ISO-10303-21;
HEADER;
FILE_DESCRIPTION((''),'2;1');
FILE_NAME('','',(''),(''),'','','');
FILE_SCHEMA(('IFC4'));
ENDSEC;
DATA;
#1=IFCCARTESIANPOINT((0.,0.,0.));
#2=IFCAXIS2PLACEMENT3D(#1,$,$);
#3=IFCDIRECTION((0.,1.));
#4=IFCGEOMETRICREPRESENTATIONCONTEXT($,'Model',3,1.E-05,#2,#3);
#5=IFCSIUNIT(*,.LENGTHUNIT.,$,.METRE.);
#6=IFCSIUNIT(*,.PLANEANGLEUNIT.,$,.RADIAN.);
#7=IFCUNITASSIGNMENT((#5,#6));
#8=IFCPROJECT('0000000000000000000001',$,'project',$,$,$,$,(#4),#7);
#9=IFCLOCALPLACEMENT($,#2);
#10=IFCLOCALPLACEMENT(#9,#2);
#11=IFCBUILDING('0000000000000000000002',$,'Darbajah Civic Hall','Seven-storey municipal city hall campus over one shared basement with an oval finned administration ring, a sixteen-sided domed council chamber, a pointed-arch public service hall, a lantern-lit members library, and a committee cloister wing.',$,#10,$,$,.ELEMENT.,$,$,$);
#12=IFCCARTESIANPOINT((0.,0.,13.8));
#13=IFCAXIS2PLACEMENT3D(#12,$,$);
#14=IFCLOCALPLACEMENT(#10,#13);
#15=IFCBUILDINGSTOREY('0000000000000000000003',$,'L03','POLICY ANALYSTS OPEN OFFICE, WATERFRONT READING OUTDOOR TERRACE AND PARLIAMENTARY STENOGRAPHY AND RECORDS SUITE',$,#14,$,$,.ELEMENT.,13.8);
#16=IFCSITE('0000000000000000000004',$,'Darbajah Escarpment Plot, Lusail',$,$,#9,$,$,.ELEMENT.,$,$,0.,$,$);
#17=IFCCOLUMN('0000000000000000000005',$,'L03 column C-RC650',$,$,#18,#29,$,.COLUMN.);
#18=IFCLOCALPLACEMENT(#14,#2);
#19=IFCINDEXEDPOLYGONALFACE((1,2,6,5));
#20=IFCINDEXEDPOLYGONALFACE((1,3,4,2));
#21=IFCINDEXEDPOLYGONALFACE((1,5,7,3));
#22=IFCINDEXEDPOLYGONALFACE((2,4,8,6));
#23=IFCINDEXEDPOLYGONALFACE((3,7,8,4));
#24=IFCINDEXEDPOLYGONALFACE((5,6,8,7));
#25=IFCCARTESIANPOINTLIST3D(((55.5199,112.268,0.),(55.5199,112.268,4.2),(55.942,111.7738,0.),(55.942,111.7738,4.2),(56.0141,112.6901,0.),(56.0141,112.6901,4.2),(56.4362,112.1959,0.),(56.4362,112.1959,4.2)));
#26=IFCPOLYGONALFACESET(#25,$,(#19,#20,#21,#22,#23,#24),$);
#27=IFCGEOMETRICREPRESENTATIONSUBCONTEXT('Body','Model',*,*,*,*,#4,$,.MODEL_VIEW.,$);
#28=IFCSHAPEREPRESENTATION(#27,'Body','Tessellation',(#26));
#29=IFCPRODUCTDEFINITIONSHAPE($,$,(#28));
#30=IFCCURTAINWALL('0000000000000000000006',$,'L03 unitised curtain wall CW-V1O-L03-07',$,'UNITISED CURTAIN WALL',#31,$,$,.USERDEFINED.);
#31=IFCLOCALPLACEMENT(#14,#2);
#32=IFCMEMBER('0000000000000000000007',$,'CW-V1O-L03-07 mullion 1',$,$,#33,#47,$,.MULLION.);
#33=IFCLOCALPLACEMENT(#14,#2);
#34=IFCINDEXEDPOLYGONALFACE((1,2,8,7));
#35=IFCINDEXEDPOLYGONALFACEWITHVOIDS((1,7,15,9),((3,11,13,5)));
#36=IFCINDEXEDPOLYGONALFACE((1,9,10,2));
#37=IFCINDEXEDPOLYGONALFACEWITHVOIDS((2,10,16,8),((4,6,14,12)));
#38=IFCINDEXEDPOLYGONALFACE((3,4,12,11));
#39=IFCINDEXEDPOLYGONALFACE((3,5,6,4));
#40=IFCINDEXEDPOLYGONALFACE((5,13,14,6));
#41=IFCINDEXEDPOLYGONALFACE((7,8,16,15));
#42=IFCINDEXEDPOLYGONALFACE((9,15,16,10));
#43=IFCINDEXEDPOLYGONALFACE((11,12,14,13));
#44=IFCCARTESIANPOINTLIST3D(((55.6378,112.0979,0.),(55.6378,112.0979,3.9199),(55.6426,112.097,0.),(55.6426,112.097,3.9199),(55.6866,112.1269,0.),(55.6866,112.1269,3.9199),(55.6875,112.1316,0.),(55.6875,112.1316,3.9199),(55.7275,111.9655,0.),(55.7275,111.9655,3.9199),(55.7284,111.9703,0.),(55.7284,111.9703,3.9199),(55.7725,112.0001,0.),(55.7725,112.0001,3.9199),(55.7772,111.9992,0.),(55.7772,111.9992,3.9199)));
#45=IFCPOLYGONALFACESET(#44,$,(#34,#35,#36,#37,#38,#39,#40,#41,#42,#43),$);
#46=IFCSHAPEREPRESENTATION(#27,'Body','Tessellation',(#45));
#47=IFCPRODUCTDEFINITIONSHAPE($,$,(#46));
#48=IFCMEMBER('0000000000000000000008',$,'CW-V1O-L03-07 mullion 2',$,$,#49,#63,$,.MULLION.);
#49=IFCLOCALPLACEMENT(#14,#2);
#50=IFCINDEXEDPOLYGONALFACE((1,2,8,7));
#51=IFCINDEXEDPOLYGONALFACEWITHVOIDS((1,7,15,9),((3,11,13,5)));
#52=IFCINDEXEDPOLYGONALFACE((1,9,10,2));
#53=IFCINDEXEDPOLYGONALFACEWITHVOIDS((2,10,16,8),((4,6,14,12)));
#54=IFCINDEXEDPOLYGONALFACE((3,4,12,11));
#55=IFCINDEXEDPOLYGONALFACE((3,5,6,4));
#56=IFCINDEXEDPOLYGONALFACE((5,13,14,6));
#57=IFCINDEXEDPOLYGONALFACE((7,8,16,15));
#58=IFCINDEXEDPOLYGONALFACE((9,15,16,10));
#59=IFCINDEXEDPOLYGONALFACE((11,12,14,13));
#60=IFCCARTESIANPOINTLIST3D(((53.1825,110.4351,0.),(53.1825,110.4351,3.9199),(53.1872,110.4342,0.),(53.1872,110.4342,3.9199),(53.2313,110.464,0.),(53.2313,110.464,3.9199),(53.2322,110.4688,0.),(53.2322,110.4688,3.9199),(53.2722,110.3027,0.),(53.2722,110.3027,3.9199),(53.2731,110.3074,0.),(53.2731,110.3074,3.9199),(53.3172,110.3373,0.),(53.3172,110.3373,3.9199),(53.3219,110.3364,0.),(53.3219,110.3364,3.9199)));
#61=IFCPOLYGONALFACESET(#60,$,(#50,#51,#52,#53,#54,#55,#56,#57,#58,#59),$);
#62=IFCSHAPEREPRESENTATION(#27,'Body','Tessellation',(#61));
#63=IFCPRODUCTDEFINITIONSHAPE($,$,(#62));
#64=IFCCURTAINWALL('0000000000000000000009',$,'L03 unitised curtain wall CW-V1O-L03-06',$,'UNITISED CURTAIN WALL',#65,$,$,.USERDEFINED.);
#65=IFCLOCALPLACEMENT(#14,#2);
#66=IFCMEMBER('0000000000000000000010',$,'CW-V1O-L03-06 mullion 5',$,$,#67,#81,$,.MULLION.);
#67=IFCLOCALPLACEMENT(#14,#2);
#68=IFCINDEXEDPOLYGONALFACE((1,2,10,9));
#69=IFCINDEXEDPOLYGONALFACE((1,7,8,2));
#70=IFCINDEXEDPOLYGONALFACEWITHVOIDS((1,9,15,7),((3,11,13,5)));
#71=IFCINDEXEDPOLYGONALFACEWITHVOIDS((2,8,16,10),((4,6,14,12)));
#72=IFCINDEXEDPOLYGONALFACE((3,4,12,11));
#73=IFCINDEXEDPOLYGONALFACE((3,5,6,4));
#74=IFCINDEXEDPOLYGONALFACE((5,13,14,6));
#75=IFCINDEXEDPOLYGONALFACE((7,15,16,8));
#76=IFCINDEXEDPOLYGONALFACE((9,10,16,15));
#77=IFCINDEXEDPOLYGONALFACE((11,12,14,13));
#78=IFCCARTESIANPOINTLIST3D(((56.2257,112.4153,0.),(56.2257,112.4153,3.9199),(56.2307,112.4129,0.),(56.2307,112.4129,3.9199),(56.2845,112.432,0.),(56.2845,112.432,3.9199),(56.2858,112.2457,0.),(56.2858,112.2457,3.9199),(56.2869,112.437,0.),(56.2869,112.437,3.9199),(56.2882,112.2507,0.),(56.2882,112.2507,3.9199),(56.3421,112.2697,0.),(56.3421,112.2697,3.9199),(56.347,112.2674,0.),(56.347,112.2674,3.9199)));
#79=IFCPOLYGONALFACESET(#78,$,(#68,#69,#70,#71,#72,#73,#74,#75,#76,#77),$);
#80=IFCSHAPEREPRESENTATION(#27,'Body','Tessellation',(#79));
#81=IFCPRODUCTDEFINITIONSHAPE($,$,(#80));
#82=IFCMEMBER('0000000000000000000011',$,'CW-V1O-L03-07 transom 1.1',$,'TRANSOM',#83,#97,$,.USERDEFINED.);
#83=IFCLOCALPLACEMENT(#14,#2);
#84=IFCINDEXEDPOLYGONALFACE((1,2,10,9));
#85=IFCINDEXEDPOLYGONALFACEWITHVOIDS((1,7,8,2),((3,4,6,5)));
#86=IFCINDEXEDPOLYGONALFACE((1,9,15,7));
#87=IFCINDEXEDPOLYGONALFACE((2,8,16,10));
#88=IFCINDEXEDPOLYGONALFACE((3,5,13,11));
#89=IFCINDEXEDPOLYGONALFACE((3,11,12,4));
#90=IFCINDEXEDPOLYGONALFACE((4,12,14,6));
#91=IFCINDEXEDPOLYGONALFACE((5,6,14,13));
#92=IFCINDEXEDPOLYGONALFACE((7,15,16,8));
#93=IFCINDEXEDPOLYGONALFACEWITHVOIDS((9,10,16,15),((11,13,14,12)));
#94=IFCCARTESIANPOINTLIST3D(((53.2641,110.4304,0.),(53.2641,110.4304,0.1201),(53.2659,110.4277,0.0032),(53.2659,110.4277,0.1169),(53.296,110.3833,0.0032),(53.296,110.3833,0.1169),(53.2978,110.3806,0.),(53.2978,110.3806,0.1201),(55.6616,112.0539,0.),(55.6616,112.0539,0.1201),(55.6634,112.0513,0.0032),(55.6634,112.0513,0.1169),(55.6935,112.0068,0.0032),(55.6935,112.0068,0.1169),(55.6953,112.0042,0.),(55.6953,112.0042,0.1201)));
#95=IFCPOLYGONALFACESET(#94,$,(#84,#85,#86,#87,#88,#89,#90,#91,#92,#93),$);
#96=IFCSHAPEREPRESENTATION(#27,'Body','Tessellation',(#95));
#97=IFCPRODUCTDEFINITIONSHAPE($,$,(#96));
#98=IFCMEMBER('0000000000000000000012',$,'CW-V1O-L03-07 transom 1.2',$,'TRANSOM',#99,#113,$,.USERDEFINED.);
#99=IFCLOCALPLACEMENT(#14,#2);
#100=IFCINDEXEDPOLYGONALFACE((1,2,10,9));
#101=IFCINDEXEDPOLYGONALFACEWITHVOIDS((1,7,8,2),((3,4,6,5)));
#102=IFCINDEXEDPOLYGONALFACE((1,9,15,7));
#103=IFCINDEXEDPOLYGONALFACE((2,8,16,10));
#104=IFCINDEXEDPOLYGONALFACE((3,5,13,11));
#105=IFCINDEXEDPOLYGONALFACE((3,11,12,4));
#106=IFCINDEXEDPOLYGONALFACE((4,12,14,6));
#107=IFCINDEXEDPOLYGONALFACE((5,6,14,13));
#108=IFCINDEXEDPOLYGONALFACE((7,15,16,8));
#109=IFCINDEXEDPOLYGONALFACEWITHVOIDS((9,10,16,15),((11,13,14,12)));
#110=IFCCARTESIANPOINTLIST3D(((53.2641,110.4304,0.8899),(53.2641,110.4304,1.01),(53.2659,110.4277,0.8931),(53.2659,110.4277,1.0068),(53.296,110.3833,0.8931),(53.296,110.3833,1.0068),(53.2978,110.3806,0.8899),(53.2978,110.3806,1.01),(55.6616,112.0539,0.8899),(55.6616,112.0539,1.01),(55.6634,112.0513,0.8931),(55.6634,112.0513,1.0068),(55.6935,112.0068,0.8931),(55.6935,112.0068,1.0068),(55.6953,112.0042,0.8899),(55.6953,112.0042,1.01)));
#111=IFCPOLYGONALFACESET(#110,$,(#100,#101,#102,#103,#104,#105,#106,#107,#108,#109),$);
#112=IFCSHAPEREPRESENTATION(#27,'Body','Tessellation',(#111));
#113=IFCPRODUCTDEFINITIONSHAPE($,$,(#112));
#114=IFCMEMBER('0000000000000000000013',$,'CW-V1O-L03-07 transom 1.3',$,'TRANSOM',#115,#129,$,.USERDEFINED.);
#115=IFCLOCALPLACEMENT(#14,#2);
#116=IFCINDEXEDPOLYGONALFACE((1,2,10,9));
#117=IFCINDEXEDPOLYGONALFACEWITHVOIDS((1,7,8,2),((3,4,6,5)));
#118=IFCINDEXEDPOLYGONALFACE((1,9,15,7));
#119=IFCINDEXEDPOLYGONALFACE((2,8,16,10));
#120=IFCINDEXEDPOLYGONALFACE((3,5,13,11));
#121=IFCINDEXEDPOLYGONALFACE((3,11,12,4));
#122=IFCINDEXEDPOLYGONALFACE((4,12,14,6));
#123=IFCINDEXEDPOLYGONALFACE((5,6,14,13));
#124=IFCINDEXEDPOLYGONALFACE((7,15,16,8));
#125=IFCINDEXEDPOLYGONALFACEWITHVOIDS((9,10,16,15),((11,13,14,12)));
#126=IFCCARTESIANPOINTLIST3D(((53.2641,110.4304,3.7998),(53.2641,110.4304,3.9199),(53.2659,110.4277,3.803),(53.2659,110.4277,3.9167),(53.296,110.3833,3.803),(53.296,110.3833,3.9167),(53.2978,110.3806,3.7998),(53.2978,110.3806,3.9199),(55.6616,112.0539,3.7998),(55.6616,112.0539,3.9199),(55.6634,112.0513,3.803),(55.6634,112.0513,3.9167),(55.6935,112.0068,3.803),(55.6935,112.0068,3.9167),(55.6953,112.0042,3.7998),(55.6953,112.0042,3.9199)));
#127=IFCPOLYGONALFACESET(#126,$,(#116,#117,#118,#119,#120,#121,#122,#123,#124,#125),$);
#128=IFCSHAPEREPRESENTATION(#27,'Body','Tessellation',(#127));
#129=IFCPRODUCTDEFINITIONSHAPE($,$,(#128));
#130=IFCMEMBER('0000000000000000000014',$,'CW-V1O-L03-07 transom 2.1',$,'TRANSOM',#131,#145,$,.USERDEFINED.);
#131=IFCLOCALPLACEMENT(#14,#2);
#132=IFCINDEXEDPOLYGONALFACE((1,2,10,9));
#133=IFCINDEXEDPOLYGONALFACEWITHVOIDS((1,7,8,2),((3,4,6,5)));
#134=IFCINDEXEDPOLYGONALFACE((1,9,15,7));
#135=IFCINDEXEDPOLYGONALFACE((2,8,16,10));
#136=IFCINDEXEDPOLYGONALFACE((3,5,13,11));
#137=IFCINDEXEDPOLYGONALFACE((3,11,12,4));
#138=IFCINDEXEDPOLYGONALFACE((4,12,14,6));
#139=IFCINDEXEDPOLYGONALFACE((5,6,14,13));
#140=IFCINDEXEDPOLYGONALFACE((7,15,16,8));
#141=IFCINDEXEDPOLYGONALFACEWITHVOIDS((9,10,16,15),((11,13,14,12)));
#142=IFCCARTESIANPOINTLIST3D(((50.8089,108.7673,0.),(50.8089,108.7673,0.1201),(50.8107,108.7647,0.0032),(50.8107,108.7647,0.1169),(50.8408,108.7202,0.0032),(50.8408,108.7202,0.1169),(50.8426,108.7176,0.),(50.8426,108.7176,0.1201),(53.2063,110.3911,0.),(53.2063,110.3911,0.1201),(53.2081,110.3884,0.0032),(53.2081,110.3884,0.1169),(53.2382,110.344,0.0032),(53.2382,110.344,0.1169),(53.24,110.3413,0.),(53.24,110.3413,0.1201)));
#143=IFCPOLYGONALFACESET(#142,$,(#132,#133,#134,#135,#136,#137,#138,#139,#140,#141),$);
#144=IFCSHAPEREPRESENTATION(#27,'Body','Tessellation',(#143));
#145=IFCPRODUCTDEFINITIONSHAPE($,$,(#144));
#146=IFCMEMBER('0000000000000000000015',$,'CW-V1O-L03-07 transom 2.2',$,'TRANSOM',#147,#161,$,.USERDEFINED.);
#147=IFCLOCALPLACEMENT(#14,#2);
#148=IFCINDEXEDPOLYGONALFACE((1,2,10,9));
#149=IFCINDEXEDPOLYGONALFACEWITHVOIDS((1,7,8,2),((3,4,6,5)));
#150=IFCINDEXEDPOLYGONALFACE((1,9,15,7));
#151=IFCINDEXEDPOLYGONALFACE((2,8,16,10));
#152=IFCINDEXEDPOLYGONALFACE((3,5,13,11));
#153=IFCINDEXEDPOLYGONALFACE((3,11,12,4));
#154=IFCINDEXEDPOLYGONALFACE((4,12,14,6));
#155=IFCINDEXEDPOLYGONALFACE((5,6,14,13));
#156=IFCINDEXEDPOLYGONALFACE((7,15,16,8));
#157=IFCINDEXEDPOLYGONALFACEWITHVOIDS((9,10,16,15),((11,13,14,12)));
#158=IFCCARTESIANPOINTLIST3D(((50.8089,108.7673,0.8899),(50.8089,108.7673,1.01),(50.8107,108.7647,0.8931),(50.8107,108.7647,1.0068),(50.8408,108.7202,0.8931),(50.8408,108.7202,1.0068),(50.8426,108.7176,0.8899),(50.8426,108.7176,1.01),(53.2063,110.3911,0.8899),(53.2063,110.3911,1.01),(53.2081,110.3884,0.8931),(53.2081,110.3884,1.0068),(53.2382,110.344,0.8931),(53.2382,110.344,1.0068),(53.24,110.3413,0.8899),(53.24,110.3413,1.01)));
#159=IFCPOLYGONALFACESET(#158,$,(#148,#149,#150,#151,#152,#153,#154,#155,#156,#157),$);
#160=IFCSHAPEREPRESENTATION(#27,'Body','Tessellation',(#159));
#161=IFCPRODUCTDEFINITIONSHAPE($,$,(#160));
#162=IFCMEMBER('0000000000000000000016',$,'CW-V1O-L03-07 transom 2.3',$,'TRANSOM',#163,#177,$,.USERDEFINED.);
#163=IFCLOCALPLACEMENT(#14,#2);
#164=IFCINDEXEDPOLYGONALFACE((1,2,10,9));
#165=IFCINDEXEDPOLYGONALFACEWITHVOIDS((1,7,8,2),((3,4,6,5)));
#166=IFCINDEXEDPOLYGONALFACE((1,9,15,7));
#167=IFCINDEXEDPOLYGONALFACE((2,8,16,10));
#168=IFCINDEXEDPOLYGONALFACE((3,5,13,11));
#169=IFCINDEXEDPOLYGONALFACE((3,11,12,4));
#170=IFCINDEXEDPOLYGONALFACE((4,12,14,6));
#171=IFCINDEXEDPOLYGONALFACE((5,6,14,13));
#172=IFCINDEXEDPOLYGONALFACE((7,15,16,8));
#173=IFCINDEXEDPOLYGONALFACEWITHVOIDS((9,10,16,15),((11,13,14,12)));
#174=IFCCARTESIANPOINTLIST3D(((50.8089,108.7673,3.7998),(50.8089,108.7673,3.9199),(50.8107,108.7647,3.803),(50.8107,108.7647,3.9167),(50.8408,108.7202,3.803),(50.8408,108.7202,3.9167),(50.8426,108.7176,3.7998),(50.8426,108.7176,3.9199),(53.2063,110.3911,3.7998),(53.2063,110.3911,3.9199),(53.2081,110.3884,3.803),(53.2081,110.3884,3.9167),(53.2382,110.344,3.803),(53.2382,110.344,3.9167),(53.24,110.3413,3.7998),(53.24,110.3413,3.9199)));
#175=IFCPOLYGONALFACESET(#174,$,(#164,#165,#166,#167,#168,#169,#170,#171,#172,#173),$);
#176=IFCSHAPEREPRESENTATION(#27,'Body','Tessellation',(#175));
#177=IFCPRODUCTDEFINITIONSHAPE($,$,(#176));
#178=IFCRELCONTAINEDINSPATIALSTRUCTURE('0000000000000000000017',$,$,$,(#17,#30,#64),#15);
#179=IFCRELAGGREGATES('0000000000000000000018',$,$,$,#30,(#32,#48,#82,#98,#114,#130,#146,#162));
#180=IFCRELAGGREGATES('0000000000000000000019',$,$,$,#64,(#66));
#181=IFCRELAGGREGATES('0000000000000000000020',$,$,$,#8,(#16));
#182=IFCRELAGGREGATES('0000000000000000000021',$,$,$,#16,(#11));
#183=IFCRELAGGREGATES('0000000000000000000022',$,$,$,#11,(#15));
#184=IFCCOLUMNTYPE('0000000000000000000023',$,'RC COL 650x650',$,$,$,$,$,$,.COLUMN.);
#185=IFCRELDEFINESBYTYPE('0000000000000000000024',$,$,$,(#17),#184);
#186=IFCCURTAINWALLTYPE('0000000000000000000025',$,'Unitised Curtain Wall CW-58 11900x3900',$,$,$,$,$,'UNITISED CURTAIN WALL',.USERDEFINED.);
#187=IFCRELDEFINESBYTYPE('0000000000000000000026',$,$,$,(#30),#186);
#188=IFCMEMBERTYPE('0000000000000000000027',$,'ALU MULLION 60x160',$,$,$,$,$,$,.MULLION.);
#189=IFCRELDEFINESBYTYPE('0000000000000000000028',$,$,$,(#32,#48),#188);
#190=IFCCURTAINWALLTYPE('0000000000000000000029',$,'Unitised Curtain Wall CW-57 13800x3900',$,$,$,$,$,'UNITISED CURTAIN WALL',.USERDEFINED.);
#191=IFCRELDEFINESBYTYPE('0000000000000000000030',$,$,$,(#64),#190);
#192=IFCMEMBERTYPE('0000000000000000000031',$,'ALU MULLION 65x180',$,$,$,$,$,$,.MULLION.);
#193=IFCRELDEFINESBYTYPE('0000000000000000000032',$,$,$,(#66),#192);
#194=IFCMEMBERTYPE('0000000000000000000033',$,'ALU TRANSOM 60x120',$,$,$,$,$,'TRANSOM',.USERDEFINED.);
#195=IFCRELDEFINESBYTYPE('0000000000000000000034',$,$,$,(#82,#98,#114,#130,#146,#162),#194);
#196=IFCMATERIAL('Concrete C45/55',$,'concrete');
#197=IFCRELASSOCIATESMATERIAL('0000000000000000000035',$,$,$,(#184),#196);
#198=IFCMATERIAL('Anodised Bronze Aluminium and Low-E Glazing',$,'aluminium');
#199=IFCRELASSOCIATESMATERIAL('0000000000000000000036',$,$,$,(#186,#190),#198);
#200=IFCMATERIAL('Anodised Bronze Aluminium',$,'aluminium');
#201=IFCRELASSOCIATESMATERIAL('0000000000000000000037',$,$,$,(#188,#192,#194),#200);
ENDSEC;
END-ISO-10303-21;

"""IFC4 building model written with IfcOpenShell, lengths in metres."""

from ifc_helpers import new_model, si_unit, direction, frame, origin, origin_2d, place, context, subcontext, project, spatial, rectangle, hollow_rectangle, extrude, material, material_profile, profile_set, type_object, element, aggregate, save


model = new_model("IFC4")

# Units and contexts
model_context = context("Model", 3, precision=1e-05, world=origin(), true_north=direction((0.0, 1.0)))
body_context = subcontext(model_context, "Body", "Model", "MODEL_VIEW")
ifc_project = project(units=[si_unit("LENGTHUNIT", "METRE"), si_unit("PLANEANGLEUNIT", "RADIAN")], contexts=[model_context])

# Site, building, storey
site_placement = place(None, origin())
site = spatial("IfcSite", under=ifc_project, at=site_placement, Name="Darbajah Escarpment Plot, Lusail", CompositionType="ELEMENT", RefElevation=0.0)
building_placement = place(site_placement, origin())
building = spatial("IfcBuilding", under=site, at=building_placement, Name="Darbajah Civic Hall", Description="Seven-storey municipal city hall campus over one shared basement with an oval finned administration ring, a sixteen-sided domed council chamber, a pointed-arch public service hall, a lantern-lit members library, and a committee cloister wing.", CompositionType="ELEMENT")
storey_placement = place(building_placement, frame((0.0, 0.0, 13.8)))
storey = spatial("IfcBuildingStorey", under=building, at=storey_placement, Name="L03", Description="POLICY ANALYSTS OPEN OFFICE, WATERFRONT READING OUTDOOR TERRACE AND PARLIAMENTARY STENOGRAPHY AND RECORDS SUITE", CompositionType="ELEMENT", Elevation=13.8)

# Column
ifc_material_1 = material(Name="Concrete C45/55", Category="concrete")
ifc_material_profile_1 = material_profile(ifc_material_1, rectangle(XDim=0.6499, YDim=0.6499, at=origin_2d()), Name="RC COL 650x650")
ifc_profile_set_1 = profile_set([ifc_material_profile_1], Name="Concrete C45/55")
column_type = type_object("IfcColumnType", Name="RC COL 650x650", PredefinedType="COLUMN", material=ifc_profile_set_1)
column_placement = place(storey_placement, frame((55.978, 112.2319, 0.0), z_axis=(0.0, 0.0, 1.0), x_axis=(-0.649448, 0.760406, 0.0)))
element("IfcColumn", 1, at=column_placement, inside=storey, type_object=column_type, Name="L03 column C-RC650", PredefinedType="COLUMN", context=body_context, shape_type="SweptSolid", body=[
    extrude(rectangle(XDim=0.6499, YDim=0.6499, at=origin_2d()), origin(), (0.0, 0.0, 1.0), 4.2),
])

# Curtain wall, members
ifc_material_2 = material(Name="Anodised Bronze Aluminium and Low-E Glazing", Category="aluminium")
curtain_wall_type_1 = type_object("IfcCurtainWallType", Name="Unitised Curtain Wall CW-58 11900x3900", ElementType="UNITISED CURTAIN WALL", PredefinedType="USERDEFINED", material=ifc_material_2)
curtain_wall_1_placement = place(storey_placement, origin())
curtain_wall_1 = element("IfcCurtainWall", 2, at=curtain_wall_1_placement, inside=storey, type_object=curtain_wall_type_1, Name="L03 unitised curtain wall CW-V1O-L03-07", ObjectType="UNITISED CURTAIN WALL", PredefinedType="USERDEFINED")
ifc_material_3 = material(Name="Anodised Bronze Aluminium", Category="aluminium")
ifc_material_profile_2 = material_profile(ifc_material_3, hollow_rectangle(XDim=0.0601, YDim=0.1599, WallThickness=0.0034, at=origin_2d()), Name="ALU MULLION 60x160")
ifc_profile_set_2 = profile_set([ifc_material_profile_2], Name="Anodised Bronze Aluminium")
member_type_1 = type_object("IfcMemberType", Name="ALU MULLION 60x160", PredefinedType="MULLION", material=ifc_profile_set_2)
member_1_placement = place(storey_placement, frame((55.7075, 112.0486, 0.0), z_axis=(0.0, 0.0, 1.0), x_axis=(-0.827962, -0.560784, 0.0)))
member_1 = element("IfcMember", 3, at=member_1_placement, type_object=member_type_1, Name="CW-V1O-L03-07 mullion 1", PredefinedType="MULLION", context=body_context, shape_type="SweptSolid", body=[
    extrude(hollow_rectangle(XDim=0.0601, YDim=0.1599, WallThickness=0.0034, at=origin_2d()), origin(), (0.0, 0.0, 1.0), 3.9199),
])
member_2_placement = place(storey_placement, frame((53.2522, 110.3857, 0.0), z_axis=(0.0, 0.0, 1.0), x_axis=(-0.827962, -0.560784, 0.0)))
member_2 = element("IfcMember", 4, at=member_2_placement, type_object=member_type_1, Name="CW-V1O-L03-07 mullion 2", PredefinedType="MULLION", context=body_context, shape_type="SweptSolid", body=[
    extrude(hollow_rectangle(XDim=0.0601, YDim=0.1599, WallThickness=0.0034, at=origin_2d()), origin(), (0.0, 0.0, 1.0), 3.9199),
])

# Curtain wall, member
curtain_wall_type_2 = type_object("IfcCurtainWallType", Name="Unitised Curtain Wall CW-57 13800x3900", ElementType="UNITISED CURTAIN WALL", PredefinedType="USERDEFINED", material=ifc_material_2)
curtain_wall_2_placement = place(storey_placement, origin())
curtain_wall_2 = element("IfcCurtainWall", 5, at=curtain_wall_2_placement, inside=storey, type_object=curtain_wall_type_2, Name="L03 unitised curtain wall CW-V1O-L03-06", ObjectType="UNITISED CURTAIN WALL", PredefinedType="USERDEFINED")
ifc_material_profile_3 = material_profile(ifc_material_3, hollow_rectangle(XDim=0.0649, YDim=0.1799, WallThickness=0.0039, at=origin_2d()), Name="ALU MULLION 65x180")
ifc_profile_set_3 = profile_set([ifc_material_profile_3], Name="Anodised Bronze Aluminium")
member_type_2 = type_object("IfcMemberType", Name="ALU MULLION 65x180", PredefinedType="MULLION", material=ifc_profile_set_3)
member_3_placement = place(storey_placement, frame((56.2864, 112.3413, 0.0), z_axis=(0.0, 0.0, 1.0), x_axis=(-0.942525, -0.334136, 0.0)))
member_3 = element("IfcMember", 6, at=member_3_placement, type_object=member_type_2, Name="CW-V1O-L03-06 mullion 5", PredefinedType="MULLION", context=body_context, shape_type="SweptSolid", body=[
    extrude(hollow_rectangle(XDim=0.0649, YDim=0.1799, WallThickness=0.0039, at=origin_2d()), origin(), (0.0, 0.0, 1.0), 3.9199),
])

# Members
ifc_material_profile_4 = material_profile(ifc_material_3, hollow_rectangle(XDim=0.0601, YDim=0.1201, WallThickness=0.0032, at=origin_2d()), Name="ALU TRANSOM 60x120")
ifc_profile_set_4 = profile_set([ifc_material_profile_4], Name="Anodised Bronze Aluminium")
member_type_3 = type_object("IfcMemberType", Name="ALU TRANSOM 60x120", ElementType="TRANSOM", PredefinedType="USERDEFINED", material=ifc_profile_set_4)
member_4_placement = place(storey_placement, frame((55.6785, 112.0291, 0.0601), z_axis=(-0.828007, -0.560718, 0.0), x_axis=(0.560718, -0.828007, 0.0)))
member_4 = element("IfcMember", 7, at=member_4_placement, type_object=member_type_3, Name="CW-V1O-L03-07 transom 1.1", ObjectType="TRANSOM", PredefinedType="USERDEFINED", context=body_context, shape_type="SweptSolid", body=[
    extrude(hollow_rectangle(XDim=0.0601, YDim=0.1201, WallThickness=0.0032, at=origin_2d()), origin(), (0.0, 0.0, 1.0), 2.8955),
])
member_5_placement = place(storey_placement, frame((55.6785, 112.0291, 0.95), z_axis=(-0.828007, -0.560718, 0.0), x_axis=(0.560718, -0.828007, 0.0)))
member_5 = element("IfcMember", 8, at=member_5_placement, type_object=member_type_3, Name="CW-V1O-L03-07 transom 1.2", ObjectType="TRANSOM", PredefinedType="USERDEFINED", context=body_context, shape_type="SweptSolid", body=[
    extrude(hollow_rectangle(XDim=0.0601, YDim=0.1201, WallThickness=0.0032, at=origin_2d()), origin(), (0.0, 0.0, 1.0), 2.8955),
])
member_6_placement = place(storey_placement, frame((55.6785, 112.0291, 3.8599), z_axis=(-0.828007, -0.560718, 0.0), x_axis=(0.560718, -0.828007, 0.0)))
member_6 = element("IfcMember", 9, at=member_6_placement, type_object=member_type_3, Name="CW-V1O-L03-07 transom 1.3", ObjectType="TRANSOM", PredefinedType="USERDEFINED", context=body_context, shape_type="SweptSolid", body=[
    extrude(hollow_rectangle(XDim=0.0601, YDim=0.1201, WallThickness=0.0032, at=origin_2d()), origin(), (0.0, 0.0, 1.0), 2.8955),
])
member_7_placement = place(storey_placement, frame((53.2231, 110.3662, 0.0601), z_axis=(-0.827968, -0.560775, 0.0), x_axis=(0.560775, -0.827968, 0.0)))
member_7 = element("IfcMember", 10, at=member_7_placement, type_object=member_type_3, Name="CW-V1O-L03-07 transom 2.1", ObjectType="TRANSOM", PredefinedType="USERDEFINED", context=body_context, shape_type="SweptSolid", body=[
    extrude(hollow_rectangle(XDim=0.0601, YDim=0.1201, WallThickness=0.0032, at=origin_2d()), origin(), (0.0, 0.0, 1.0), 2.8955),
])
member_8_placement = place(storey_placement, frame((53.2231, 110.3662, 0.95), z_axis=(-0.827968, -0.560775, 0.0), x_axis=(0.560775, -0.827968, 0.0)))
member_8 = element("IfcMember", 11, at=member_8_placement, type_object=member_type_3, Name="CW-V1O-L03-07 transom 2.2", ObjectType="TRANSOM", PredefinedType="USERDEFINED", context=body_context, shape_type="SweptSolid", body=[
    extrude(hollow_rectangle(XDim=0.0601, YDim=0.1201, WallThickness=0.0032, at=origin_2d()), origin(), (0.0, 0.0, 1.0), 2.8955),
])
member_9_placement = place(storey_placement, frame((53.2231, 110.3662, 3.8599), z_axis=(-0.827968, -0.560775, 0.0), x_axis=(0.560775, -0.827968, 0.0)))
member_9 = element("IfcMember", 12, at=member_9_placement, type_object=member_type_3, Name="CW-V1O-L03-07 transom 2.3", ObjectType="TRANSOM", PredefinedType="USERDEFINED", context=body_context, shape_type="SweptSolid", body=[
    extrude(hollow_rectangle(XDim=0.0601, YDim=0.1201, WallThickness=0.0032, at=origin_2d()), origin(), (0.0, 0.0, 1.0), 2.8955),
])

aggregate(curtain_wall_1, [member_1, member_2, member_4, member_5, member_6, member_7, member_8, member_9])
aggregate(curtain_wall_2, [member_3])

save(model, "model.ifc")
